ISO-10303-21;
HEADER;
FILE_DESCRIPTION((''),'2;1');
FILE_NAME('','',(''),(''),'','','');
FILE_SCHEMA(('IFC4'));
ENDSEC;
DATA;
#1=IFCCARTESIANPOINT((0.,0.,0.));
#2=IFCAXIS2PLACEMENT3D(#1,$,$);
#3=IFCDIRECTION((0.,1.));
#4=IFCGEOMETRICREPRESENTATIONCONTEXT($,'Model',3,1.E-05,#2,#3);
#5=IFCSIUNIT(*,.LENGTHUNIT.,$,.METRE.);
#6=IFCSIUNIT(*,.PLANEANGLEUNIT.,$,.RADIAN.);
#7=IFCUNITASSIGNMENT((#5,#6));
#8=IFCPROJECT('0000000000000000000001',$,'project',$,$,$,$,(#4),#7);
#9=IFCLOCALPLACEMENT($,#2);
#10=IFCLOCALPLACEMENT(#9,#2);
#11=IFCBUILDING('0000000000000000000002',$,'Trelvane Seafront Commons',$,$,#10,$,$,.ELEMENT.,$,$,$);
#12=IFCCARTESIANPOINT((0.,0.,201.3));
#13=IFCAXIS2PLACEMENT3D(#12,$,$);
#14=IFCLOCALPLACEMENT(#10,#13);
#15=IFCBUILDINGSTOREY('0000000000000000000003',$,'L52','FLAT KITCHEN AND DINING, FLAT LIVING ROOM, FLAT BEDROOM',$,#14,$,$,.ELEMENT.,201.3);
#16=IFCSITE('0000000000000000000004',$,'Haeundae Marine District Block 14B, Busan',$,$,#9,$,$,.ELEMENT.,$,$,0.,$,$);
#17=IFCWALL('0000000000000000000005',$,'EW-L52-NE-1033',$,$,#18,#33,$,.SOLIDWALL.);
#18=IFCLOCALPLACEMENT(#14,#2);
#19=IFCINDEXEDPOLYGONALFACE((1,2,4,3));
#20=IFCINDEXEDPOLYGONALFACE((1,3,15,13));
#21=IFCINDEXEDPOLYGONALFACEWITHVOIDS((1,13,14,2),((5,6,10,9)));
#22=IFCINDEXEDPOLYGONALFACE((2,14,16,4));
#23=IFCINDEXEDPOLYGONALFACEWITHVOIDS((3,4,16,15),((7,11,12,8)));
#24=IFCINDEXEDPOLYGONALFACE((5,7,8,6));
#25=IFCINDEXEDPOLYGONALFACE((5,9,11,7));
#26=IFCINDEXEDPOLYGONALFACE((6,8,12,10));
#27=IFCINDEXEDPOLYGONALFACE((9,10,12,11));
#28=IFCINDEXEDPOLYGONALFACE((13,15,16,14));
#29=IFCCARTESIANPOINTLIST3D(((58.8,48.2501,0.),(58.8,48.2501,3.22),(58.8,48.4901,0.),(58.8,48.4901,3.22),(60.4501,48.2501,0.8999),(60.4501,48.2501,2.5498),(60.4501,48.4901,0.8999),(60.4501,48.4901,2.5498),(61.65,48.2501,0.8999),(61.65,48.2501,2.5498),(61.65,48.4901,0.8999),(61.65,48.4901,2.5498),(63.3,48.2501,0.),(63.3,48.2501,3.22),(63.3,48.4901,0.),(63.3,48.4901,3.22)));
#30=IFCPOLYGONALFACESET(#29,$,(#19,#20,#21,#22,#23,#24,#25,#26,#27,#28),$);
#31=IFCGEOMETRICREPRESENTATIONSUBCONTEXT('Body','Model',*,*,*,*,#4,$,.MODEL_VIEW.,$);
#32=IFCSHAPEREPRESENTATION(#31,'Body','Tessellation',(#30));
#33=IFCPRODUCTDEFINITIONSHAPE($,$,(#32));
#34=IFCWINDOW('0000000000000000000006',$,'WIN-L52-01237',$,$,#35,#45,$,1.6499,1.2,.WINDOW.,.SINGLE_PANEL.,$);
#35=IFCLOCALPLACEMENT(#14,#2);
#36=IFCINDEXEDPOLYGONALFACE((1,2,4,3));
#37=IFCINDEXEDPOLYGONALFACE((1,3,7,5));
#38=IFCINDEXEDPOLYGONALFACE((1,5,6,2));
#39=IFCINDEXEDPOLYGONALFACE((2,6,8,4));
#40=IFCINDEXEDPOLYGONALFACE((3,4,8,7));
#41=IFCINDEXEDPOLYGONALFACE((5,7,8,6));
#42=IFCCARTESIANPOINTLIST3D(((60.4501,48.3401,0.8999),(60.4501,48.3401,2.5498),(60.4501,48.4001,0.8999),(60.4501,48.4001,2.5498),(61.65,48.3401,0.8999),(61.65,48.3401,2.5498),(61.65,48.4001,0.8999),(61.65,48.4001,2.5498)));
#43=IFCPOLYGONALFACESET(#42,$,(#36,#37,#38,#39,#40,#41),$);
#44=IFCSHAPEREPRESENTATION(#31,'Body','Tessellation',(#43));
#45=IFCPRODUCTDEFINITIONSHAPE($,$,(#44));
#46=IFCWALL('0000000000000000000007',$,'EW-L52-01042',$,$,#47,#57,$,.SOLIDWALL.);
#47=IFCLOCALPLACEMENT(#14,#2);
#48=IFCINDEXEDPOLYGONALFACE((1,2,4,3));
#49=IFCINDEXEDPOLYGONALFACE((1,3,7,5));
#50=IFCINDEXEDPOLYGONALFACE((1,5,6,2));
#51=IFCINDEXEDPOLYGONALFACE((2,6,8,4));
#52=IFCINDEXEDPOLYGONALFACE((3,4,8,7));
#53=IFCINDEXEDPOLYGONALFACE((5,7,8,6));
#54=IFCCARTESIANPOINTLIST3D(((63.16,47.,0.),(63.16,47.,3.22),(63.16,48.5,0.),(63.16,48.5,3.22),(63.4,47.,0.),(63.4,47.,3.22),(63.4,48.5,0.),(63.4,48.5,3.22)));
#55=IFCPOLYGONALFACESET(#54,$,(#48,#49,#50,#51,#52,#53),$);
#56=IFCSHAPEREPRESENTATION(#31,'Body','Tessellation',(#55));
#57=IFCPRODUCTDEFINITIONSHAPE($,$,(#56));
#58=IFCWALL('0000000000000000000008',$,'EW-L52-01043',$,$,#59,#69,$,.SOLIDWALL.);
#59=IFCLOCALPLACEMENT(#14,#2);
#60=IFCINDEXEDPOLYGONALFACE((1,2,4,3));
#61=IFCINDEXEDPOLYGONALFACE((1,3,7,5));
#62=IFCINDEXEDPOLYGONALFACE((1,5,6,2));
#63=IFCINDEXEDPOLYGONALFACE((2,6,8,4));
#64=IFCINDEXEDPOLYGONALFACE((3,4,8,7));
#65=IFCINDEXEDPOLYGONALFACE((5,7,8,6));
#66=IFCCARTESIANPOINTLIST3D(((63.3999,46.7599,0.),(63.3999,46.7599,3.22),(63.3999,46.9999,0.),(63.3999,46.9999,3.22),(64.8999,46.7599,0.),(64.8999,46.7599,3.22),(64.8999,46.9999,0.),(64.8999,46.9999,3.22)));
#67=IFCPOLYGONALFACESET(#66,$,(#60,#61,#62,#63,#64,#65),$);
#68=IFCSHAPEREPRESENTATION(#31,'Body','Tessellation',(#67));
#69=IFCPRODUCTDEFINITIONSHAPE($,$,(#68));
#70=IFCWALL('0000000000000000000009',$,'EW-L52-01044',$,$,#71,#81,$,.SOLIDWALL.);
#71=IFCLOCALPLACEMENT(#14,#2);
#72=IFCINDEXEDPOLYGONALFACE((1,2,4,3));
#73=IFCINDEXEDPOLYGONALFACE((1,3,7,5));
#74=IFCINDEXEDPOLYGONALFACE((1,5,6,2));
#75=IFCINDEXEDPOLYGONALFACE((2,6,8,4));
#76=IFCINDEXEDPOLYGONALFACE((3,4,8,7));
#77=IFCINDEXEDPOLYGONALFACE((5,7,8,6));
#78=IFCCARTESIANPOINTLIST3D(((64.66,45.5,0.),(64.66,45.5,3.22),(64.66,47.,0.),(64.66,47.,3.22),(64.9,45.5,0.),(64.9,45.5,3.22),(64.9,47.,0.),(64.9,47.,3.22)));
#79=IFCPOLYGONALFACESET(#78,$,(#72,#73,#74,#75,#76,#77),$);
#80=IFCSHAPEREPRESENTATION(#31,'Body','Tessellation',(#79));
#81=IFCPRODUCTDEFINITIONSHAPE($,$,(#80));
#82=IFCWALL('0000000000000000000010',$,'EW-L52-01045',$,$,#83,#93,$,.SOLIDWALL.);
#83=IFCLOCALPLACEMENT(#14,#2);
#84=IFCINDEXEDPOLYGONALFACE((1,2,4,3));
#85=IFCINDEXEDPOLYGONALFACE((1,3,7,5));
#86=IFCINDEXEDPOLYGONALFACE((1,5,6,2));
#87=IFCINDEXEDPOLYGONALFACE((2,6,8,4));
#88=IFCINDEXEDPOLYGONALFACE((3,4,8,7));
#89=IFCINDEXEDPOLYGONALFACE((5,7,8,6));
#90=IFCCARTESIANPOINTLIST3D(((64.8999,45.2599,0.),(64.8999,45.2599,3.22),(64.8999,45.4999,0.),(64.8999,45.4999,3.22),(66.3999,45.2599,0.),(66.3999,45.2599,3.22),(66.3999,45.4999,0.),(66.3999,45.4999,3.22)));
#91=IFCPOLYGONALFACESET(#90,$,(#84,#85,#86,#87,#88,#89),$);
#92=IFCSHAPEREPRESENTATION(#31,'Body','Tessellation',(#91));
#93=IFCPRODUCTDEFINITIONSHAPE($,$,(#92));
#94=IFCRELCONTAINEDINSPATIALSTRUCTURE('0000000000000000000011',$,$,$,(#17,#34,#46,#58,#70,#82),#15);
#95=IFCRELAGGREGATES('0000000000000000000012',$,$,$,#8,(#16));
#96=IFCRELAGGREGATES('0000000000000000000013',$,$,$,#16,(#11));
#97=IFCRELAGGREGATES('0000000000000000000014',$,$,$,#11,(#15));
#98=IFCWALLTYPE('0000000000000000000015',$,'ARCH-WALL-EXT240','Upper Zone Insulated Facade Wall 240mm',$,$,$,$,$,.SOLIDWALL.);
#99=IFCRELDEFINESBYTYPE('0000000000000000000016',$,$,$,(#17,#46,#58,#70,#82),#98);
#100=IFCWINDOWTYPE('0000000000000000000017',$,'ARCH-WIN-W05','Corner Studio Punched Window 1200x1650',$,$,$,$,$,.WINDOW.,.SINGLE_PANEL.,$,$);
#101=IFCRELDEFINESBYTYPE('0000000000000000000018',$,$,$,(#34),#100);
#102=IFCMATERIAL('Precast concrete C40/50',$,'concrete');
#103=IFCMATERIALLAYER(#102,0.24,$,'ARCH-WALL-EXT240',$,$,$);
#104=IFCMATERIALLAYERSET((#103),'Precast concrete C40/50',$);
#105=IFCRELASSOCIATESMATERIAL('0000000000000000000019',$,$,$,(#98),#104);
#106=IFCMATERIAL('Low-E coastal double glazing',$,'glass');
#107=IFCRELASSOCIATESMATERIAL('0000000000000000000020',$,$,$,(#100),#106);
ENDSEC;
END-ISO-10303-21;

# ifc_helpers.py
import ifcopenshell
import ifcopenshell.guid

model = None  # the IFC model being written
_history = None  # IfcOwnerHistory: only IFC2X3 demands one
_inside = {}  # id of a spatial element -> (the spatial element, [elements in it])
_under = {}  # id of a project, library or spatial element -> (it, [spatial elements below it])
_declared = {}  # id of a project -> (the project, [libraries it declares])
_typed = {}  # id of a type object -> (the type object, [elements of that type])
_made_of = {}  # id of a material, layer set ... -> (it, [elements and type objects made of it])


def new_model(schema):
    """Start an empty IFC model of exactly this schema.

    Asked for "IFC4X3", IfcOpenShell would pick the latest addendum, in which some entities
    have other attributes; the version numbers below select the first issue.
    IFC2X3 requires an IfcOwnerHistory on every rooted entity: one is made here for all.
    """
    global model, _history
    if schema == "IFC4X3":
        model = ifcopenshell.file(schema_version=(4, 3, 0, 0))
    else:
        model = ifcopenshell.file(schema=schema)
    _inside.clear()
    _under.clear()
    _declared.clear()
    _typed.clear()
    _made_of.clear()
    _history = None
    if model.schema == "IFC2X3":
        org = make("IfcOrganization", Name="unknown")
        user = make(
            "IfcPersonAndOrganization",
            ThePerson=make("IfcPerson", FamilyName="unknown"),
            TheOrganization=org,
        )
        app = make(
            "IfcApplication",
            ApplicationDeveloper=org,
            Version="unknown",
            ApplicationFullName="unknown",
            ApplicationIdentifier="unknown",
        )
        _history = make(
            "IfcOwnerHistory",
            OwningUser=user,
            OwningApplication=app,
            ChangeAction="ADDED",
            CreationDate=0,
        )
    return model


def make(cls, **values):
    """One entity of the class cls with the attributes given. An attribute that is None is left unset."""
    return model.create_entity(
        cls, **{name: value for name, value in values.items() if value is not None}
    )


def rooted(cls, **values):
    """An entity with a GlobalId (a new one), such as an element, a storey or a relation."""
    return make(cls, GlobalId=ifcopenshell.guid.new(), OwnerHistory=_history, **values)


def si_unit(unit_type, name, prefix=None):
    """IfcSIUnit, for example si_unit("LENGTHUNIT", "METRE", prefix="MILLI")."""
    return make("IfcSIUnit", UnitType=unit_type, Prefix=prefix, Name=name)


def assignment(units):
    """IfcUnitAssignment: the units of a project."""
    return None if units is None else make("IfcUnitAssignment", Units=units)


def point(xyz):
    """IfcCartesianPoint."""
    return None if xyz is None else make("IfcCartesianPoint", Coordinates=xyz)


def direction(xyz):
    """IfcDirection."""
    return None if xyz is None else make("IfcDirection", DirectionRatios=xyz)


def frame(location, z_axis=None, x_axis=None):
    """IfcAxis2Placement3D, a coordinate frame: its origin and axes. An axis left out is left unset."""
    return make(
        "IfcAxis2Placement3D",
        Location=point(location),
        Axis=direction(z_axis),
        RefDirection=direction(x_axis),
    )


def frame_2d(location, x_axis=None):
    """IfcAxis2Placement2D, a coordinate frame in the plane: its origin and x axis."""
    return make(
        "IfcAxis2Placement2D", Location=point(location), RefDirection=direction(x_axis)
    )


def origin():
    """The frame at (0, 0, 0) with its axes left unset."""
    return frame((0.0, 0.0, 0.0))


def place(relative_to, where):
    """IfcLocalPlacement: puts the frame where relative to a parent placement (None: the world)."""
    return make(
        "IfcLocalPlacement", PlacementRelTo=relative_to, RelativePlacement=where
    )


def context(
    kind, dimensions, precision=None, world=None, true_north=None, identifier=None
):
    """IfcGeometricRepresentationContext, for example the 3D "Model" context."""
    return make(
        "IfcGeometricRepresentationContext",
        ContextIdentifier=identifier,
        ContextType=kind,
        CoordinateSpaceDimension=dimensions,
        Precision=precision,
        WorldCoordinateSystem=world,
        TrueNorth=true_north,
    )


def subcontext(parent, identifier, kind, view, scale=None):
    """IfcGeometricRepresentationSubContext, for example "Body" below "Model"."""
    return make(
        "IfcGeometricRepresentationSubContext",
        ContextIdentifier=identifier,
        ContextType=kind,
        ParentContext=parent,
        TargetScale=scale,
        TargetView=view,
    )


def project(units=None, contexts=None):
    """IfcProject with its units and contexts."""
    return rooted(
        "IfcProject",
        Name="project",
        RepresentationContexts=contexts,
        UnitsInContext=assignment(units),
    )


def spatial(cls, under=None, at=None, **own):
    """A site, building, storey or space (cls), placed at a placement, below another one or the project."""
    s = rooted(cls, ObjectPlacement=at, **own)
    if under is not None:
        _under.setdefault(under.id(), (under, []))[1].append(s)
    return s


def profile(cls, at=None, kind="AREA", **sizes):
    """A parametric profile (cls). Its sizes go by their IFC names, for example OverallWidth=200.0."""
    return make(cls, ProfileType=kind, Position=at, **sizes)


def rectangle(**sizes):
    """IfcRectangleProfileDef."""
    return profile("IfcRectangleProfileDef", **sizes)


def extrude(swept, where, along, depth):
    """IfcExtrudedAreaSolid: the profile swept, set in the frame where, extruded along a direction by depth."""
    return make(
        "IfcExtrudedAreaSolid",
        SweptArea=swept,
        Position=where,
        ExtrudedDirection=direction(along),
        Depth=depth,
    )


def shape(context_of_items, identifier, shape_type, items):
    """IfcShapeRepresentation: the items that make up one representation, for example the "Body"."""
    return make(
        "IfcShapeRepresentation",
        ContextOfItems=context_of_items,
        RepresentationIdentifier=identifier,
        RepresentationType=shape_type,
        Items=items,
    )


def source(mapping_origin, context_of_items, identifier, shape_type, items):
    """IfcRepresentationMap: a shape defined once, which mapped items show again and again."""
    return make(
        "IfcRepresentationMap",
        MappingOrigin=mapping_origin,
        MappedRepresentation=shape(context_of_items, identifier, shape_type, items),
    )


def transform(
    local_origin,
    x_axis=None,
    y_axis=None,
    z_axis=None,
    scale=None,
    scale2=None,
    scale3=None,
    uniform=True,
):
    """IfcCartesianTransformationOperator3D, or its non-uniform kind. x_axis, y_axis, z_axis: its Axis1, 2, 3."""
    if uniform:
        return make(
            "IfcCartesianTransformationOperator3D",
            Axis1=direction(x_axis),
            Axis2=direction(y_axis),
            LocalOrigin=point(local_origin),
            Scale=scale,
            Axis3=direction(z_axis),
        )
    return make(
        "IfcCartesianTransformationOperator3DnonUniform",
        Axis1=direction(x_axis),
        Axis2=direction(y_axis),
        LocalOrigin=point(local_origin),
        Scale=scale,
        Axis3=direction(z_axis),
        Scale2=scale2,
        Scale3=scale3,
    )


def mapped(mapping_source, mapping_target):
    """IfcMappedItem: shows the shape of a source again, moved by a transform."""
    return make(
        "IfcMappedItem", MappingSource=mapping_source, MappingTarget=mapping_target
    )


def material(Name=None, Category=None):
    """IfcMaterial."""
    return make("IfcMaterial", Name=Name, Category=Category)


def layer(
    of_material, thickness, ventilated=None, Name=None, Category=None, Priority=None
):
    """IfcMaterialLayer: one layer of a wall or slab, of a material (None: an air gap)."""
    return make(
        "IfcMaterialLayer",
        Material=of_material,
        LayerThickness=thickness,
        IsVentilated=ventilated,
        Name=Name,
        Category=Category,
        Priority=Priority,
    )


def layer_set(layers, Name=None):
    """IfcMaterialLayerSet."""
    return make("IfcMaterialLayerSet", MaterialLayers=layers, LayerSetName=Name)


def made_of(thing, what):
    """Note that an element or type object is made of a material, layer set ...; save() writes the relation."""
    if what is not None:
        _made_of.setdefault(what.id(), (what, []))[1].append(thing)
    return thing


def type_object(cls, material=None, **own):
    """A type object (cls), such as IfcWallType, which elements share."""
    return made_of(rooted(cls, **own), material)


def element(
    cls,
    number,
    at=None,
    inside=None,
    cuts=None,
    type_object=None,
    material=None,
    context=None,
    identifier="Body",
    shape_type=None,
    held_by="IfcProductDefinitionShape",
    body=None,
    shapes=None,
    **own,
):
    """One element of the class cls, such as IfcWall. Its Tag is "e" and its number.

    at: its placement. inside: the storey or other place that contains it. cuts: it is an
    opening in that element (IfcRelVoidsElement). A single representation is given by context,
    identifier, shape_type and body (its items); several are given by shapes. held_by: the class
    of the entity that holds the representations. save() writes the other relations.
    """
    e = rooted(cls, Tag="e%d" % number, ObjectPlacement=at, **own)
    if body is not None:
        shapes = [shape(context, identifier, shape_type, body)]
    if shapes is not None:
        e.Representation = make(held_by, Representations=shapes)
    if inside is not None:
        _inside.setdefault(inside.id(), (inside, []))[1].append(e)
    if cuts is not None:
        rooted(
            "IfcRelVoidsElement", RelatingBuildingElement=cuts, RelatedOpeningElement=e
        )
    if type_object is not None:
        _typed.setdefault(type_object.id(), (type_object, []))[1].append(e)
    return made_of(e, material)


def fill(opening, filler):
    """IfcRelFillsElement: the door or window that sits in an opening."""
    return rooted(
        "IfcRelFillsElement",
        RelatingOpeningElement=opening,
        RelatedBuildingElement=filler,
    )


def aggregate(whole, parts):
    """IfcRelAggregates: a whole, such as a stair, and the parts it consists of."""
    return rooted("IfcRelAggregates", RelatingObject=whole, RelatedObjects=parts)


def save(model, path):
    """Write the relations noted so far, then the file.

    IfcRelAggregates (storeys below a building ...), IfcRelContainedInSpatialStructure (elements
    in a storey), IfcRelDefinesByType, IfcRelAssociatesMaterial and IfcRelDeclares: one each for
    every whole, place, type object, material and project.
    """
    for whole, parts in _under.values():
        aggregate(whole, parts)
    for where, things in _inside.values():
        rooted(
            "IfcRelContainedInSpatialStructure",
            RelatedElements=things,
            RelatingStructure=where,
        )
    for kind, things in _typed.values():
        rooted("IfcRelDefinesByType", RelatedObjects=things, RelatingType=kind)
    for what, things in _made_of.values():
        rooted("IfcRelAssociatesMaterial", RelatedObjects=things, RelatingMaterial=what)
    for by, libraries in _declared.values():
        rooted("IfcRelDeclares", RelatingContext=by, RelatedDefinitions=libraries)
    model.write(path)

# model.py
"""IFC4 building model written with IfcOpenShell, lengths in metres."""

from ifc_helpers import new_model, si_unit, direction, frame, frame_2d, origin, place, context, subcontext, project, spatial, rectangle, extrude, source, transform, mapped, material, layer, layer_set, type_object, element, fill, save


model = new_model("IFC4")

# Units and contexts
model_context = context("Model", 3, precision=1e-05, world=origin(), true_north=direction((0.0, 1.0)))
body_context = subcontext(model_context, "Body", "Model", "MODEL_VIEW")
ifc_project = project(units=[si_unit("LENGTHUNIT", "METRE"), si_unit("PLANEANGLEUNIT", "RADIAN")], contexts=[model_context])

# Site, building, storey
site_placement = place(None, origin())
site = spatial("IfcSite", under=ifc_project, at=site_placement, Name="Haeundae Marine District Block 14B, Busan", CompositionType="ELEMENT", RefElevation=0.0)
building_placement = place(site_placement, origin())
building = spatial("IfcBuilding", under=site, at=building_placement, Name="Trelvane Seafront Commons", CompositionType="ELEMENT")
storey_placement = place(building_placement, frame((0.0, 0.0, 201.3)))
storey = spatial("IfcBuildingStorey", under=building, at=storey_placement, Name="L52", Description="FLAT KITCHEN AND DINING, FLAT LIVING ROOM, FLAT BEDROOM", CompositionType="ELEMENT", Elevation=201.3)

# Shared definitions
ifc_material_1 = material(Name="Low-E coastal double glazing", Category="glass")

# Wall, opening, window
ifc_material_2 = material(Name="Precast concrete C40/50", Category="concrete")
ifc_layer_1 = layer(ifc_material_2, 0.24, Name="ARCH-WALL-EXT240")
ifc_layer_set_1 = layer_set([ifc_layer_1], Name="Precast concrete C40/50")
wall_type = type_object("IfcWallType", Name="ARCH-WALL-EXT240", Description="Upper Zone Insulated Facade Wall 240mm", PredefinedType="SOLIDWALL", material=ifc_layer_set_1)
wall_1_placement = place(storey_placement, frame((58.8, 48.3701, 0.0), z_axis=(0.0, 0.0, 1.0), x_axis=(1.0, 0.0, 0.0)))
wall_1 = element("IfcWall", 1, at=wall_1_placement, inside=storey, type_object=wall_type, Name="EW-L52-NE-1033", PredefinedType="SOLIDWALL", context=body_context, shape_type="SweptSolid", body=[
    extrude(rectangle(XDim=4.5, YDim=0.24, at=frame_2d((2.25, 0.0))), origin(), (0.0, 0.0, 1.0), 3.22),
])
opening_1_placement = place(wall_1_placement, frame((1.6499, 0.0, 0.8999)))
opening_1 = element("IfcOpeningElement", 2, at=opening_1_placement, cuts=wall_1, PredefinedType="OPENING", context=body_context, shape_type="SweptSolid", body=[
    extrude(rectangle(XDim=1.2, YDim=1.6499, at=frame_2d((0.6001, 0.825))), frame((0.0, 0.1299, 0.0), z_axis=(0.0, -1.0, 0.0), x_axis=(1.0, 0.0, 0.0)), (0.0, 0.0, 1.0), 0.26),
])
window_type_1 = type_object("IfcWindowType", Name="ARCH-WIN-W05", Description="Corner Studio Punched Window 1200x1650", PartitioningType="SINGLE_PANEL", PredefinedType="WINDOW", material=ifc_material_1)
shared_shape_1 = source(origin(), body_context, "Body", "SweptSolid", [
    extrude(rectangle(XDim=1.2, YDim=1.6499, at=frame_2d((0.6001, 0.825))), frame((0.0, 0.03, 0.0), z_axis=(0.0, -1.0, 0.0), x_axis=(1.0, 0.0, 0.0)), (0.0, 0.0, 1.0), 0.0601),
])
window_1_placement = place(opening_1_placement, origin())
window_1 = element("IfcWindow", 3, at=window_1_placement, inside=storey, type_object=window_type_1, Name="WIN-L52-01237", OverallHeight=1.6499, OverallWidth=1.2, PartitioningType="SINGLE_PANEL", PredefinedType="WINDOW", context=body_context, shape_type="MappedRepresentation", body=[
    mapped(shared_shape_1, transform((0.0, 0.0, 0.0), x_axis=(1.0, 0.0, 0.0), y_axis=(0.0, 1.0, 0.0), z_axis=(0.0, 0.0, 1.0), scale=1.0)),
])
fill(opening_1, window_1)

# Walls
for number, where, z_axis, x_axis, name in (
    (4, (63.28, 48.5, 0.0), (0.0, 0.0, 1.0), (0.0, -1.0, 0.0), "EW-L52-01042"),
    (5, (63.3999, 46.8799, 0.0), (0.0, 0.0, 1.0), (1.0, 0.0, 0.0), "EW-L52-01043"),
    (6, (64.78, 47.0, 0.0), (0.0, 0.0, 1.0), (0.0, -1.0, 0.0), "EW-L52-01044"),
    (7, (64.8999, 45.3799, 0.0), (0.0, 0.0, 1.0), (1.0, 0.0, 0.0), "EW-L52-01045"),
):
    element("IfcWall", number, at=place(storey_placement, frame(where, z_axis=z_axis, x_axis=x_axis)), inside=storey, type_object=wall_type, Name=name, PredefinedType="SOLIDWALL", context=body_context, shape_type="SweptSolid", body=[
        extrude(rectangle(XDim=1.5, YDim=0.24, at=frame_2d((0.75, 0.0))), origin(), (0.0, 0.0, 1.0), 3.22),
    ])

save(model, "model.ifc")
